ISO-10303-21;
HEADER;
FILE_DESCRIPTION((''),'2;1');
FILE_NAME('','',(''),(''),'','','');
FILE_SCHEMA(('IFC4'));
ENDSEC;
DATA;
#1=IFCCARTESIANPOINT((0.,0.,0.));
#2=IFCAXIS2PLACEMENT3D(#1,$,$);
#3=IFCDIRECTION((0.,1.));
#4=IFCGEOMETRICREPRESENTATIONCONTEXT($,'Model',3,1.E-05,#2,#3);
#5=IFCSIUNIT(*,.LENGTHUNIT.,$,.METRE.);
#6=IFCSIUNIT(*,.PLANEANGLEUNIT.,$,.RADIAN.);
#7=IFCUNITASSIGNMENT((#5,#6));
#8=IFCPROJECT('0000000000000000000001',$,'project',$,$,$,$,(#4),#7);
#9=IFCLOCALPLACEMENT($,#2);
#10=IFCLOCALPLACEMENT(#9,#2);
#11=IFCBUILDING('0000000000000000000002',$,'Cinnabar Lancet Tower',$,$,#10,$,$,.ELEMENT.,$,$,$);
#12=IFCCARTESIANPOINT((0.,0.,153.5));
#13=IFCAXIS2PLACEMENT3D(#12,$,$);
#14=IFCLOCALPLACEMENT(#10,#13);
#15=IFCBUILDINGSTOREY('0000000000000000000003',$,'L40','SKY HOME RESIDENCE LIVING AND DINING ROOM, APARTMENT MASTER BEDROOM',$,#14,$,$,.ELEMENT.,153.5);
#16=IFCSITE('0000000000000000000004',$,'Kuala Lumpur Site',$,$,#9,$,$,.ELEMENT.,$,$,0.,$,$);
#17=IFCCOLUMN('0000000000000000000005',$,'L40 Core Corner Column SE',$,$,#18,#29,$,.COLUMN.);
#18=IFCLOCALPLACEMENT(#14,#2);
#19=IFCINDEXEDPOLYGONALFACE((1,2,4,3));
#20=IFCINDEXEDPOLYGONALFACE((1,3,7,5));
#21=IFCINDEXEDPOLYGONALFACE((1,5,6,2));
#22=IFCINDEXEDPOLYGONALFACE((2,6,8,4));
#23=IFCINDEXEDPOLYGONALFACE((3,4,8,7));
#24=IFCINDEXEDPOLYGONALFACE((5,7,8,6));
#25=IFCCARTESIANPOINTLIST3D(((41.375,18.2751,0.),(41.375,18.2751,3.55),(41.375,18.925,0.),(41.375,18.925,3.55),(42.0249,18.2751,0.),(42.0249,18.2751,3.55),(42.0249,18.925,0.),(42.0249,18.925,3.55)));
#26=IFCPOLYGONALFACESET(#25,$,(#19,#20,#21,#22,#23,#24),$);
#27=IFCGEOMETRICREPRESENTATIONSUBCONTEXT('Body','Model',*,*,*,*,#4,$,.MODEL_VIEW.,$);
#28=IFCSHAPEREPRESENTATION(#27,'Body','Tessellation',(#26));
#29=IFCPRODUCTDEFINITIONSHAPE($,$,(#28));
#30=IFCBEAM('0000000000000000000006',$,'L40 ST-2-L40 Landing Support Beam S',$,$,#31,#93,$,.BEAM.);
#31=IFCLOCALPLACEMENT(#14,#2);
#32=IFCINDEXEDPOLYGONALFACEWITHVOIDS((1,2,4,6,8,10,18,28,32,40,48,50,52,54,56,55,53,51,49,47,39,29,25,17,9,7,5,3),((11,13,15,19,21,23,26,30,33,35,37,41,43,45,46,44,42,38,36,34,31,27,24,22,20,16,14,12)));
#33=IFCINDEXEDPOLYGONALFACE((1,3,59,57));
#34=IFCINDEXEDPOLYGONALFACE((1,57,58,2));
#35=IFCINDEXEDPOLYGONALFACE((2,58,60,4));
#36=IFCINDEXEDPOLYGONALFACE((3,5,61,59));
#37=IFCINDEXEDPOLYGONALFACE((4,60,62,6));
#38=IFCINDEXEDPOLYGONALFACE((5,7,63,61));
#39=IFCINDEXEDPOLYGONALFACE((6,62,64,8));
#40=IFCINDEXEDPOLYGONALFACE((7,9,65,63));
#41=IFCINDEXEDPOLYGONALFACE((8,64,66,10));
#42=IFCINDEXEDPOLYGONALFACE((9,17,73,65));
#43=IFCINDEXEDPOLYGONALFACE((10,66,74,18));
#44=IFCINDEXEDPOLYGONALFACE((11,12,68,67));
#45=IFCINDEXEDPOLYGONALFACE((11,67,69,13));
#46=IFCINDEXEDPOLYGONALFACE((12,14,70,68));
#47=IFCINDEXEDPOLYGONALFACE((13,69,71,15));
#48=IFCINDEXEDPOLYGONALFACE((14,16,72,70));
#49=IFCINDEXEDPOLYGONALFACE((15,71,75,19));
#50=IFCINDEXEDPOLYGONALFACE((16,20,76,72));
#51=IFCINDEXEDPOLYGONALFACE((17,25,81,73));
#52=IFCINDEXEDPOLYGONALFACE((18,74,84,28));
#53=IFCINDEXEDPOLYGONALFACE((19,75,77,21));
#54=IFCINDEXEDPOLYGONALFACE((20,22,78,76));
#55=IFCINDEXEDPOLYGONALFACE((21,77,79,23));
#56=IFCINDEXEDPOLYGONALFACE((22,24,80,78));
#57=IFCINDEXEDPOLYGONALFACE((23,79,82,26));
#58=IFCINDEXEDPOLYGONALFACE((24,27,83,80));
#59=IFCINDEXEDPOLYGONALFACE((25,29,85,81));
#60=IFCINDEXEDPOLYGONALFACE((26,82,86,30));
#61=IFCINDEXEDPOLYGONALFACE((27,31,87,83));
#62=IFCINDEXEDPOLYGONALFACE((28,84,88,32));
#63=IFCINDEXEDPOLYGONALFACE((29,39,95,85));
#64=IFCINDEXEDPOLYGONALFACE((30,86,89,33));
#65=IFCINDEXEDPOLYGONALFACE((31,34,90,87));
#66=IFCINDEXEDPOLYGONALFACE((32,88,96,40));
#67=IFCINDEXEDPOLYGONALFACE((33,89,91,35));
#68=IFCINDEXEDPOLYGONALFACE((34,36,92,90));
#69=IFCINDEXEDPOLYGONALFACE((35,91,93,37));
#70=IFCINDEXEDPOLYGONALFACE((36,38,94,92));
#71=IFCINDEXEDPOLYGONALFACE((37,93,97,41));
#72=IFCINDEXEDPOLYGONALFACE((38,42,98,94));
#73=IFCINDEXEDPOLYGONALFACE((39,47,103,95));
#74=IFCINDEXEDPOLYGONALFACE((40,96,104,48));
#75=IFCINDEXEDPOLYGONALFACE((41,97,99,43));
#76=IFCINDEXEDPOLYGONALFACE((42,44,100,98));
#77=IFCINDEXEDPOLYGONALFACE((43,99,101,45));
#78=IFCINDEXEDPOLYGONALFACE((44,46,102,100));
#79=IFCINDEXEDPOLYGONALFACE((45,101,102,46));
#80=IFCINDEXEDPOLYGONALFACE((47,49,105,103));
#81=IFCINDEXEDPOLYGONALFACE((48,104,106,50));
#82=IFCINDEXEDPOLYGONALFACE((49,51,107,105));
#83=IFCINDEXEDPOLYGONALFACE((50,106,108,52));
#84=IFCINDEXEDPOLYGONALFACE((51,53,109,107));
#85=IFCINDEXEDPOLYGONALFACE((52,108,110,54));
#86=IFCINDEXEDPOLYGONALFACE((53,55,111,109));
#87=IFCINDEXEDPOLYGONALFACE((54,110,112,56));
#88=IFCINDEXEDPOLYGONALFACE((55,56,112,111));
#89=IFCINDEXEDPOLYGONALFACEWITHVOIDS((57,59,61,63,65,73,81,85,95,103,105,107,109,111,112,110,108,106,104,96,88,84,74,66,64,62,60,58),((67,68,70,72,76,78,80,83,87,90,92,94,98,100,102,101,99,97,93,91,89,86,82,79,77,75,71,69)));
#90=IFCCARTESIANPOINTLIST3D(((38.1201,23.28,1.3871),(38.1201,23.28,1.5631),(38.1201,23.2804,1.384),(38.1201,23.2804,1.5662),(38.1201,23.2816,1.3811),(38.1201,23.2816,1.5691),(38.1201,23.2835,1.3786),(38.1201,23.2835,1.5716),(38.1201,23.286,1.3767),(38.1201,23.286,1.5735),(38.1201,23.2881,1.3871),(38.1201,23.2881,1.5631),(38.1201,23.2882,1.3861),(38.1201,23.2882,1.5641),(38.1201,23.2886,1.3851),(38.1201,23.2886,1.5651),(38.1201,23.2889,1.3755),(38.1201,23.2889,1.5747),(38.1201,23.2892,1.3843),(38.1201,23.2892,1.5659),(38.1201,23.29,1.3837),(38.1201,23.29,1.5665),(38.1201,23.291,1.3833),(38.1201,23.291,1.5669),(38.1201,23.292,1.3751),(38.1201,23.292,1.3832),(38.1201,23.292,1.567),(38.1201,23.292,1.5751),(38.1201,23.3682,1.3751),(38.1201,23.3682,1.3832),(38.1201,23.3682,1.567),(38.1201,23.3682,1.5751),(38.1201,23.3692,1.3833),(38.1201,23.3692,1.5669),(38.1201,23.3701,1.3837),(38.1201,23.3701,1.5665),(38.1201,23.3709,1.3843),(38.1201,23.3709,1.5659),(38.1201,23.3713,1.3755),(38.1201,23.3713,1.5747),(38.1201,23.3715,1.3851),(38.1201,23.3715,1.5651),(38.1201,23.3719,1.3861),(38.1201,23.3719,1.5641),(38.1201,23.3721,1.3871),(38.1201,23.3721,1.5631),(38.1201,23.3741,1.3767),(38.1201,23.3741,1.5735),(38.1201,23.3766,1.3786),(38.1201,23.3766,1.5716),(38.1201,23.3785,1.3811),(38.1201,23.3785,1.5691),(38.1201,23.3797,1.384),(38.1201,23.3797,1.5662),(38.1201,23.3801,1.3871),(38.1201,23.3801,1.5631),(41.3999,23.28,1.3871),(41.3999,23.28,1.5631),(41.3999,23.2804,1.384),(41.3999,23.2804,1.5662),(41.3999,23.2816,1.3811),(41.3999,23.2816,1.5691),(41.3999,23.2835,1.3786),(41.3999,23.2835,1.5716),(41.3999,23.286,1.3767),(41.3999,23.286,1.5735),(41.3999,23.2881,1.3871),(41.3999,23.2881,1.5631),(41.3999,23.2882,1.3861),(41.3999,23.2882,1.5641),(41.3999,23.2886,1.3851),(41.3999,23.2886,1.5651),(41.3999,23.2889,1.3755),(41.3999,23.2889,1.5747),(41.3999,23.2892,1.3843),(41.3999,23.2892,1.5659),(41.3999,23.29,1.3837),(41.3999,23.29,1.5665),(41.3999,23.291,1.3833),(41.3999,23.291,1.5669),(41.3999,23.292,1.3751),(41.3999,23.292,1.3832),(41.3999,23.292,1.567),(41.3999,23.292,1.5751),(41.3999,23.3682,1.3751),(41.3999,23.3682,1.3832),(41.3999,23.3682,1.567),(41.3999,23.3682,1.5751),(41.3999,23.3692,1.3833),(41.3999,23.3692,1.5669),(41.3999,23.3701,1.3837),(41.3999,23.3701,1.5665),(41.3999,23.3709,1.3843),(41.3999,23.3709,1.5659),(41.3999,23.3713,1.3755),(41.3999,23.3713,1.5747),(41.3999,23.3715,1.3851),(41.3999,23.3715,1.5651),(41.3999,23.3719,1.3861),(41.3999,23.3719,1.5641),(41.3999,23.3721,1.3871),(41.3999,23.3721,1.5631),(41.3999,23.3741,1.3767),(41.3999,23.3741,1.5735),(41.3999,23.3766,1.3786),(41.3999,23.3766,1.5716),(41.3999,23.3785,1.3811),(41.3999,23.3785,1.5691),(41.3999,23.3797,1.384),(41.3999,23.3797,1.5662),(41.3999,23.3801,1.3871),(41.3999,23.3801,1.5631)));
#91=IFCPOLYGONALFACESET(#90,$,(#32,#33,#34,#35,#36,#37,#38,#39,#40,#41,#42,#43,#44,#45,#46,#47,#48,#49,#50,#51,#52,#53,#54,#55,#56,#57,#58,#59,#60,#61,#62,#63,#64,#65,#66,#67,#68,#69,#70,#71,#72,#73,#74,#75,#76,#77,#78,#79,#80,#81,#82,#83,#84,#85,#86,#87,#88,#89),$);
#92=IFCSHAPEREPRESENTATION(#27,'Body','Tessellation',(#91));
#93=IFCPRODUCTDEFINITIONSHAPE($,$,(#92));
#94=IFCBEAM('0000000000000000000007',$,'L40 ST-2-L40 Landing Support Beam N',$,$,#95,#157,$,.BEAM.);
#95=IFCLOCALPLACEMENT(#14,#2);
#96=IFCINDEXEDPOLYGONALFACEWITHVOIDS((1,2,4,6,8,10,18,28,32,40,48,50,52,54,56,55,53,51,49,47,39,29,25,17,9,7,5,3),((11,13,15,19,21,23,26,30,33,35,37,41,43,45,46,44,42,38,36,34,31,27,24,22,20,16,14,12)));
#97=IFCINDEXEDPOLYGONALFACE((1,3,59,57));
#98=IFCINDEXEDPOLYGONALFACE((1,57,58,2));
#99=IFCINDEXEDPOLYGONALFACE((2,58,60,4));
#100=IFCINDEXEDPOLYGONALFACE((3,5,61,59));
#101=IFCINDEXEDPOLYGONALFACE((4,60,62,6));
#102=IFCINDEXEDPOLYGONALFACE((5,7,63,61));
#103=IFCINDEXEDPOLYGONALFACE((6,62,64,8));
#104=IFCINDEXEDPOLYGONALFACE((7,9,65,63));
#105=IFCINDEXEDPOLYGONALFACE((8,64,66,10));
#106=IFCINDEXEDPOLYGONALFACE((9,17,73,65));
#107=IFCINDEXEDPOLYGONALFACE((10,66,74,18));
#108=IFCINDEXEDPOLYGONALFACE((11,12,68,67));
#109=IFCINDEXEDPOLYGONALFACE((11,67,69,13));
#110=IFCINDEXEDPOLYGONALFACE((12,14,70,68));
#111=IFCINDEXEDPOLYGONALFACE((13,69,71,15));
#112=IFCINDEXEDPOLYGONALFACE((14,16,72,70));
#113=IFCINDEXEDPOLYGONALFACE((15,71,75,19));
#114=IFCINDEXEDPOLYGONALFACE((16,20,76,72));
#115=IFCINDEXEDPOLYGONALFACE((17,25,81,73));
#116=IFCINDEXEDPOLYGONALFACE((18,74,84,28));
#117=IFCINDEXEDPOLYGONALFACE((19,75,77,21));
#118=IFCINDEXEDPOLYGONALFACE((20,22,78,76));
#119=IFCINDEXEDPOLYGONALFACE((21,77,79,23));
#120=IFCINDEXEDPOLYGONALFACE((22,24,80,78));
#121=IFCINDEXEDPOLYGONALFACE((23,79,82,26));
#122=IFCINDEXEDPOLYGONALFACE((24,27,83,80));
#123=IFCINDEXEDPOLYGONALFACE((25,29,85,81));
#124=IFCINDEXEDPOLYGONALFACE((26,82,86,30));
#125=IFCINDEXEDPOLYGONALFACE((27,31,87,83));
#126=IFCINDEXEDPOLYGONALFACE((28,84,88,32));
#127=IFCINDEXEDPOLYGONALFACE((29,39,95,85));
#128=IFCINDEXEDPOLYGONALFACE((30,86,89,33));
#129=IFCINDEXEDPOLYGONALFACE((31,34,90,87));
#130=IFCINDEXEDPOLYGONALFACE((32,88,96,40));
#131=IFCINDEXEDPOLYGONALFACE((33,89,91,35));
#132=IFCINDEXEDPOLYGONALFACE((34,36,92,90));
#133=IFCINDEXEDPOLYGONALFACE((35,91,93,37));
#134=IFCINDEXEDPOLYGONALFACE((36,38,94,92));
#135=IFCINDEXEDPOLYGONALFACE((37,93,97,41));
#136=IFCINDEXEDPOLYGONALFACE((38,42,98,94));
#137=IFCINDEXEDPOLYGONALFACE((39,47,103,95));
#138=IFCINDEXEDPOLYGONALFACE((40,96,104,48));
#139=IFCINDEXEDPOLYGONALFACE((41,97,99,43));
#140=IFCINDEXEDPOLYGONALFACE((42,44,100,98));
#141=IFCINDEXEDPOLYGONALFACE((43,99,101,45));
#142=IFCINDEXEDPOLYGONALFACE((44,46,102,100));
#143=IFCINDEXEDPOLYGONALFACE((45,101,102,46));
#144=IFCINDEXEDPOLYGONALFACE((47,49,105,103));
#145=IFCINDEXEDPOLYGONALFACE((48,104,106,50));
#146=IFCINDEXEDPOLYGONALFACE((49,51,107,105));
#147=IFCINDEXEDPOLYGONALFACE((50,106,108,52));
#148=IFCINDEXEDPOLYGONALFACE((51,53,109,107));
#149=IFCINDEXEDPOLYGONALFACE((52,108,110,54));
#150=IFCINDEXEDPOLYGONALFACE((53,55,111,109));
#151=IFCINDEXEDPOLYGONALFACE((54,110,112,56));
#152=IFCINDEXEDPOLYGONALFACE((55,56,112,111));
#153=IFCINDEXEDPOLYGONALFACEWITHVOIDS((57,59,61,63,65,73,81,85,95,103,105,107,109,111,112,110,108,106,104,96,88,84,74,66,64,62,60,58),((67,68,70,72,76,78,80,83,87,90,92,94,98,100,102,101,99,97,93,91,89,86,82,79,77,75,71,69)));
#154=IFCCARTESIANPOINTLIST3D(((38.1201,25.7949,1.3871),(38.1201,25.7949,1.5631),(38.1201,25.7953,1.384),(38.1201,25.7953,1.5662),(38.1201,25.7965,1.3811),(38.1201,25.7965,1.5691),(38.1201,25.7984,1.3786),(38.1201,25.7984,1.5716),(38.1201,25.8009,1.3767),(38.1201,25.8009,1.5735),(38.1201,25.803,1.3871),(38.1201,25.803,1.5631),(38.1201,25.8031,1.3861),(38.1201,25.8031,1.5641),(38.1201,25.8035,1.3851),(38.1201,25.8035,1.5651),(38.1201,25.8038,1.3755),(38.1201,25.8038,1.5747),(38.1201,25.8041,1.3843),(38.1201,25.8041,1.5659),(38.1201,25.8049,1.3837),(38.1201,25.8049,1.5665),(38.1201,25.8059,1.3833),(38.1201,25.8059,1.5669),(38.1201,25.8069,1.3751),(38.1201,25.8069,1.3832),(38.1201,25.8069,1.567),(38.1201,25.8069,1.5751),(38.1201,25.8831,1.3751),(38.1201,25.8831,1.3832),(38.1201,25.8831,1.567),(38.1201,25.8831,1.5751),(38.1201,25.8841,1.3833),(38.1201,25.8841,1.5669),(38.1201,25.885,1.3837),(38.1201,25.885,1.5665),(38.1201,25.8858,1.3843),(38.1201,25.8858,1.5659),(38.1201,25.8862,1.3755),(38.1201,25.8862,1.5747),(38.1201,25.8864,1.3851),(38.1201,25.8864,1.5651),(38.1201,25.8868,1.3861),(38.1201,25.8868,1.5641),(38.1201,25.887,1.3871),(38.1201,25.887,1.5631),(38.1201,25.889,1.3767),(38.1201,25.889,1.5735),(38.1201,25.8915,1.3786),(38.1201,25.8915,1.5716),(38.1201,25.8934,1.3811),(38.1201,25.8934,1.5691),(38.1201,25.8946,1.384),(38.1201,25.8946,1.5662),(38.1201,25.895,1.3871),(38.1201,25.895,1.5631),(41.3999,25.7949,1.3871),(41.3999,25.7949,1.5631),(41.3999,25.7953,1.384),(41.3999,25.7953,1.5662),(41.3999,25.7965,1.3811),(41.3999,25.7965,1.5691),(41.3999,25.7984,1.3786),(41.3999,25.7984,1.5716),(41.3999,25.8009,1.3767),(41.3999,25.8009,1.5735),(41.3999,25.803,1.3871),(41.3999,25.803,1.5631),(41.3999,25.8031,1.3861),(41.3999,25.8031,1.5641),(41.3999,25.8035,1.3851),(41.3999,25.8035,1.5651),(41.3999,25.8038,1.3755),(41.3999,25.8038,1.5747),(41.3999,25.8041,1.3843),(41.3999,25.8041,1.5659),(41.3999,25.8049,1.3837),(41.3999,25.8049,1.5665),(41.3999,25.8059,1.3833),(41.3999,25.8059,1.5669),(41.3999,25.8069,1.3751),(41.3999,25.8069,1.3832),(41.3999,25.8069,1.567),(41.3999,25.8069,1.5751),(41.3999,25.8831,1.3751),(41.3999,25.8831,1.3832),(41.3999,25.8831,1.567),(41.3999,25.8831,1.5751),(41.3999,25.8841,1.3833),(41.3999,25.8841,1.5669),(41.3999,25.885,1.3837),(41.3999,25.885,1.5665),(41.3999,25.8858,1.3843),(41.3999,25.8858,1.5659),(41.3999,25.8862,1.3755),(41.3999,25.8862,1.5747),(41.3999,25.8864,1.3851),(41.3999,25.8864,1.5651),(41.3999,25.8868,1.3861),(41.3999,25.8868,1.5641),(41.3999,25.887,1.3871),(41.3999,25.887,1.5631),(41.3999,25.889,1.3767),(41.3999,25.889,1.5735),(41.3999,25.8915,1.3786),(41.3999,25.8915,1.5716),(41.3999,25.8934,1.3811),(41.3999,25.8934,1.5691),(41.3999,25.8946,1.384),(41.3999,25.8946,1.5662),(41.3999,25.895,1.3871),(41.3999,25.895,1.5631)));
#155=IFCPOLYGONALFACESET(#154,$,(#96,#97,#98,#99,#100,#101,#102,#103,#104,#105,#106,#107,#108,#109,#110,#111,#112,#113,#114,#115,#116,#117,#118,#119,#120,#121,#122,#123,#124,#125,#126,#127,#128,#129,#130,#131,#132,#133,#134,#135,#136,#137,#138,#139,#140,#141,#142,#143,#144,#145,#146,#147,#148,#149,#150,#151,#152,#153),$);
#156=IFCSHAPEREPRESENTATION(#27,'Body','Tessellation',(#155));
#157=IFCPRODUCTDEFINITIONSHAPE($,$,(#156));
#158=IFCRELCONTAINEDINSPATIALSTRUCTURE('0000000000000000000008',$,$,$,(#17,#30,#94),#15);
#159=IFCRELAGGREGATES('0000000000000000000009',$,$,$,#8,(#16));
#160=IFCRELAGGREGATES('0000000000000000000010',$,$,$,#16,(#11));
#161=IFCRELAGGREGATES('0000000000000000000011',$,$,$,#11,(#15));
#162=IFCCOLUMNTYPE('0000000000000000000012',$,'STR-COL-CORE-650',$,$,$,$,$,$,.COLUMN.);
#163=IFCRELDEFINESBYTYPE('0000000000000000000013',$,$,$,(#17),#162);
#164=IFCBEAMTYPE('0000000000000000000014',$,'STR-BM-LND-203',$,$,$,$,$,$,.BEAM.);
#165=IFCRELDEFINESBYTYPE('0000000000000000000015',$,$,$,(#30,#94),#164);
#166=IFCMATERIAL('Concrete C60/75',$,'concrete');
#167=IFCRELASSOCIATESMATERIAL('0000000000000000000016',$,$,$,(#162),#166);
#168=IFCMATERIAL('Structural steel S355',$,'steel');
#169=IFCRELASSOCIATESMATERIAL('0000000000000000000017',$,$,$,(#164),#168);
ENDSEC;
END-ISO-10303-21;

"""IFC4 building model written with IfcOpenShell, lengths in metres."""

from ifc_helpers import new_model, si_unit, direction, frame, origin, origin_2d, place, context, subcontext, project, spatial, rectangle, hollow_rectangle, extrude, material, material_profile, profile_set, type_object, element, save


model = new_model("IFC4")

# Units and contexts
model_context = context("Model", 3, precision=1e-05, world=origin(), true_north=direction((0.0, 1.0)))
body_context = subcontext(model_context, "Body", "Model", "MODEL_VIEW")
ifc_project = project(units=[si_unit("LENGTHUNIT", "METRE"), si_unit("PLANEANGLEUNIT", "RADIAN")], contexts=[model_context])

# Site, building, storey
site_placement = place(None, origin())
site = spatial("IfcSite", under=ifc_project, at=site_placement, Name="Kuala Lumpur Site", CompositionType="ELEMENT", RefElevation=0.0)
building_placement = place(site_placement, origin())
building = spatial("IfcBuilding", under=site, at=building_placement, Name="Cinnabar Lancet Tower", CompositionType="ELEMENT")
storey_placement = place(building_placement, frame((0.0, 0.0, 153.5)))
storey = spatial("IfcBuildingStorey", under=building, at=storey_placement, Name="L40", Description="SKY HOME RESIDENCE LIVING AND DINING ROOM, APARTMENT MASTER BEDROOM", CompositionType="ELEMENT", Elevation=153.5)

# Column
ifc_material_1 = material(Name="Concrete C60/75", Category="concrete")
ifc_material_profile_1 = material_profile(ifc_material_1, rectangle(XDim=0.6499, YDim=0.6499, at=origin_2d()), Name="RC-COL 650x650")
ifc_profile_set_1 = profile_set([ifc_material_profile_1], Name="Concrete C60/75")
column_type = type_object("IfcColumnType", Name="STR-COL-CORE-650", PredefinedType="COLUMN", material=ifc_profile_set_1)
column_placement = place(storey_placement, frame((41.7, 18.6001, 0.0), z_axis=(0.0, 0.0, 1.0), x_axis=(1.0, 0.0, 0.0)))
element("IfcColumn", 1, at=column_placement, inside=storey, type_object=column_type, Name="L40 Core Corner Column SE", PredefinedType="COLUMN", context=body_context, shape_type="SweptSolid", body=[
    extrude(rectangle(XDim=0.6499, YDim=0.6499, at=origin_2d()), origin(), (0.0, 0.0, 1.0), 3.55),
])

# Beams
ifc_material_2 = material(Name="Structural steel S355", Category="steel")
ifc_material_profile_2 = material_profile(ifc_material_2, hollow_rectangle(XDim=0.1001, YDim=0.2, WallThickness=0.0081, InnerFilletRadius=0.0039, OuterFilletRadius=0.012, at=origin_2d()), Name="RHS 200x100x8")
ifc_profile_set_2 = profile_set([ifc_material_profile_2], Name="Structural steel S355")
beam_type = type_object("IfcBeamType", Name="STR-BM-LND-203", PredefinedType="BEAM", material=ifc_profile_set_2)
for number, where, z_axis, x_axis, name in (
    (2, (38.1201, 23.3301, 1.4751), (1.0, 0.0, 0.0), (0.0, 1.0, 0.0), "L40 ST-2-L40 Landing Support Beam S"),
    (3, (38.1201, 25.845, 1.4751), (1.0, 0.0, 0.0), (0.0, 1.0, 0.0), "L40 ST-2-L40 Landing Support Beam N"),
):
    element("IfcBeam", number, at=place(storey_placement, frame(where, z_axis=z_axis, x_axis=x_axis)), inside=storey, type_object=beam_type, Name=name, PredefinedType="BEAM", context=body_context, shape_type="SweptSolid", body=[
        extrude(hollow_rectangle(XDim=0.1001, YDim=0.2, WallThickness=0.0081, InnerFilletRadius=0.0039, OuterFilletRadius=0.012, at=origin_2d()), origin(), (0.0, 0.0, 1.0), 3.2798),
    ])

save(model, "model.ifc")
